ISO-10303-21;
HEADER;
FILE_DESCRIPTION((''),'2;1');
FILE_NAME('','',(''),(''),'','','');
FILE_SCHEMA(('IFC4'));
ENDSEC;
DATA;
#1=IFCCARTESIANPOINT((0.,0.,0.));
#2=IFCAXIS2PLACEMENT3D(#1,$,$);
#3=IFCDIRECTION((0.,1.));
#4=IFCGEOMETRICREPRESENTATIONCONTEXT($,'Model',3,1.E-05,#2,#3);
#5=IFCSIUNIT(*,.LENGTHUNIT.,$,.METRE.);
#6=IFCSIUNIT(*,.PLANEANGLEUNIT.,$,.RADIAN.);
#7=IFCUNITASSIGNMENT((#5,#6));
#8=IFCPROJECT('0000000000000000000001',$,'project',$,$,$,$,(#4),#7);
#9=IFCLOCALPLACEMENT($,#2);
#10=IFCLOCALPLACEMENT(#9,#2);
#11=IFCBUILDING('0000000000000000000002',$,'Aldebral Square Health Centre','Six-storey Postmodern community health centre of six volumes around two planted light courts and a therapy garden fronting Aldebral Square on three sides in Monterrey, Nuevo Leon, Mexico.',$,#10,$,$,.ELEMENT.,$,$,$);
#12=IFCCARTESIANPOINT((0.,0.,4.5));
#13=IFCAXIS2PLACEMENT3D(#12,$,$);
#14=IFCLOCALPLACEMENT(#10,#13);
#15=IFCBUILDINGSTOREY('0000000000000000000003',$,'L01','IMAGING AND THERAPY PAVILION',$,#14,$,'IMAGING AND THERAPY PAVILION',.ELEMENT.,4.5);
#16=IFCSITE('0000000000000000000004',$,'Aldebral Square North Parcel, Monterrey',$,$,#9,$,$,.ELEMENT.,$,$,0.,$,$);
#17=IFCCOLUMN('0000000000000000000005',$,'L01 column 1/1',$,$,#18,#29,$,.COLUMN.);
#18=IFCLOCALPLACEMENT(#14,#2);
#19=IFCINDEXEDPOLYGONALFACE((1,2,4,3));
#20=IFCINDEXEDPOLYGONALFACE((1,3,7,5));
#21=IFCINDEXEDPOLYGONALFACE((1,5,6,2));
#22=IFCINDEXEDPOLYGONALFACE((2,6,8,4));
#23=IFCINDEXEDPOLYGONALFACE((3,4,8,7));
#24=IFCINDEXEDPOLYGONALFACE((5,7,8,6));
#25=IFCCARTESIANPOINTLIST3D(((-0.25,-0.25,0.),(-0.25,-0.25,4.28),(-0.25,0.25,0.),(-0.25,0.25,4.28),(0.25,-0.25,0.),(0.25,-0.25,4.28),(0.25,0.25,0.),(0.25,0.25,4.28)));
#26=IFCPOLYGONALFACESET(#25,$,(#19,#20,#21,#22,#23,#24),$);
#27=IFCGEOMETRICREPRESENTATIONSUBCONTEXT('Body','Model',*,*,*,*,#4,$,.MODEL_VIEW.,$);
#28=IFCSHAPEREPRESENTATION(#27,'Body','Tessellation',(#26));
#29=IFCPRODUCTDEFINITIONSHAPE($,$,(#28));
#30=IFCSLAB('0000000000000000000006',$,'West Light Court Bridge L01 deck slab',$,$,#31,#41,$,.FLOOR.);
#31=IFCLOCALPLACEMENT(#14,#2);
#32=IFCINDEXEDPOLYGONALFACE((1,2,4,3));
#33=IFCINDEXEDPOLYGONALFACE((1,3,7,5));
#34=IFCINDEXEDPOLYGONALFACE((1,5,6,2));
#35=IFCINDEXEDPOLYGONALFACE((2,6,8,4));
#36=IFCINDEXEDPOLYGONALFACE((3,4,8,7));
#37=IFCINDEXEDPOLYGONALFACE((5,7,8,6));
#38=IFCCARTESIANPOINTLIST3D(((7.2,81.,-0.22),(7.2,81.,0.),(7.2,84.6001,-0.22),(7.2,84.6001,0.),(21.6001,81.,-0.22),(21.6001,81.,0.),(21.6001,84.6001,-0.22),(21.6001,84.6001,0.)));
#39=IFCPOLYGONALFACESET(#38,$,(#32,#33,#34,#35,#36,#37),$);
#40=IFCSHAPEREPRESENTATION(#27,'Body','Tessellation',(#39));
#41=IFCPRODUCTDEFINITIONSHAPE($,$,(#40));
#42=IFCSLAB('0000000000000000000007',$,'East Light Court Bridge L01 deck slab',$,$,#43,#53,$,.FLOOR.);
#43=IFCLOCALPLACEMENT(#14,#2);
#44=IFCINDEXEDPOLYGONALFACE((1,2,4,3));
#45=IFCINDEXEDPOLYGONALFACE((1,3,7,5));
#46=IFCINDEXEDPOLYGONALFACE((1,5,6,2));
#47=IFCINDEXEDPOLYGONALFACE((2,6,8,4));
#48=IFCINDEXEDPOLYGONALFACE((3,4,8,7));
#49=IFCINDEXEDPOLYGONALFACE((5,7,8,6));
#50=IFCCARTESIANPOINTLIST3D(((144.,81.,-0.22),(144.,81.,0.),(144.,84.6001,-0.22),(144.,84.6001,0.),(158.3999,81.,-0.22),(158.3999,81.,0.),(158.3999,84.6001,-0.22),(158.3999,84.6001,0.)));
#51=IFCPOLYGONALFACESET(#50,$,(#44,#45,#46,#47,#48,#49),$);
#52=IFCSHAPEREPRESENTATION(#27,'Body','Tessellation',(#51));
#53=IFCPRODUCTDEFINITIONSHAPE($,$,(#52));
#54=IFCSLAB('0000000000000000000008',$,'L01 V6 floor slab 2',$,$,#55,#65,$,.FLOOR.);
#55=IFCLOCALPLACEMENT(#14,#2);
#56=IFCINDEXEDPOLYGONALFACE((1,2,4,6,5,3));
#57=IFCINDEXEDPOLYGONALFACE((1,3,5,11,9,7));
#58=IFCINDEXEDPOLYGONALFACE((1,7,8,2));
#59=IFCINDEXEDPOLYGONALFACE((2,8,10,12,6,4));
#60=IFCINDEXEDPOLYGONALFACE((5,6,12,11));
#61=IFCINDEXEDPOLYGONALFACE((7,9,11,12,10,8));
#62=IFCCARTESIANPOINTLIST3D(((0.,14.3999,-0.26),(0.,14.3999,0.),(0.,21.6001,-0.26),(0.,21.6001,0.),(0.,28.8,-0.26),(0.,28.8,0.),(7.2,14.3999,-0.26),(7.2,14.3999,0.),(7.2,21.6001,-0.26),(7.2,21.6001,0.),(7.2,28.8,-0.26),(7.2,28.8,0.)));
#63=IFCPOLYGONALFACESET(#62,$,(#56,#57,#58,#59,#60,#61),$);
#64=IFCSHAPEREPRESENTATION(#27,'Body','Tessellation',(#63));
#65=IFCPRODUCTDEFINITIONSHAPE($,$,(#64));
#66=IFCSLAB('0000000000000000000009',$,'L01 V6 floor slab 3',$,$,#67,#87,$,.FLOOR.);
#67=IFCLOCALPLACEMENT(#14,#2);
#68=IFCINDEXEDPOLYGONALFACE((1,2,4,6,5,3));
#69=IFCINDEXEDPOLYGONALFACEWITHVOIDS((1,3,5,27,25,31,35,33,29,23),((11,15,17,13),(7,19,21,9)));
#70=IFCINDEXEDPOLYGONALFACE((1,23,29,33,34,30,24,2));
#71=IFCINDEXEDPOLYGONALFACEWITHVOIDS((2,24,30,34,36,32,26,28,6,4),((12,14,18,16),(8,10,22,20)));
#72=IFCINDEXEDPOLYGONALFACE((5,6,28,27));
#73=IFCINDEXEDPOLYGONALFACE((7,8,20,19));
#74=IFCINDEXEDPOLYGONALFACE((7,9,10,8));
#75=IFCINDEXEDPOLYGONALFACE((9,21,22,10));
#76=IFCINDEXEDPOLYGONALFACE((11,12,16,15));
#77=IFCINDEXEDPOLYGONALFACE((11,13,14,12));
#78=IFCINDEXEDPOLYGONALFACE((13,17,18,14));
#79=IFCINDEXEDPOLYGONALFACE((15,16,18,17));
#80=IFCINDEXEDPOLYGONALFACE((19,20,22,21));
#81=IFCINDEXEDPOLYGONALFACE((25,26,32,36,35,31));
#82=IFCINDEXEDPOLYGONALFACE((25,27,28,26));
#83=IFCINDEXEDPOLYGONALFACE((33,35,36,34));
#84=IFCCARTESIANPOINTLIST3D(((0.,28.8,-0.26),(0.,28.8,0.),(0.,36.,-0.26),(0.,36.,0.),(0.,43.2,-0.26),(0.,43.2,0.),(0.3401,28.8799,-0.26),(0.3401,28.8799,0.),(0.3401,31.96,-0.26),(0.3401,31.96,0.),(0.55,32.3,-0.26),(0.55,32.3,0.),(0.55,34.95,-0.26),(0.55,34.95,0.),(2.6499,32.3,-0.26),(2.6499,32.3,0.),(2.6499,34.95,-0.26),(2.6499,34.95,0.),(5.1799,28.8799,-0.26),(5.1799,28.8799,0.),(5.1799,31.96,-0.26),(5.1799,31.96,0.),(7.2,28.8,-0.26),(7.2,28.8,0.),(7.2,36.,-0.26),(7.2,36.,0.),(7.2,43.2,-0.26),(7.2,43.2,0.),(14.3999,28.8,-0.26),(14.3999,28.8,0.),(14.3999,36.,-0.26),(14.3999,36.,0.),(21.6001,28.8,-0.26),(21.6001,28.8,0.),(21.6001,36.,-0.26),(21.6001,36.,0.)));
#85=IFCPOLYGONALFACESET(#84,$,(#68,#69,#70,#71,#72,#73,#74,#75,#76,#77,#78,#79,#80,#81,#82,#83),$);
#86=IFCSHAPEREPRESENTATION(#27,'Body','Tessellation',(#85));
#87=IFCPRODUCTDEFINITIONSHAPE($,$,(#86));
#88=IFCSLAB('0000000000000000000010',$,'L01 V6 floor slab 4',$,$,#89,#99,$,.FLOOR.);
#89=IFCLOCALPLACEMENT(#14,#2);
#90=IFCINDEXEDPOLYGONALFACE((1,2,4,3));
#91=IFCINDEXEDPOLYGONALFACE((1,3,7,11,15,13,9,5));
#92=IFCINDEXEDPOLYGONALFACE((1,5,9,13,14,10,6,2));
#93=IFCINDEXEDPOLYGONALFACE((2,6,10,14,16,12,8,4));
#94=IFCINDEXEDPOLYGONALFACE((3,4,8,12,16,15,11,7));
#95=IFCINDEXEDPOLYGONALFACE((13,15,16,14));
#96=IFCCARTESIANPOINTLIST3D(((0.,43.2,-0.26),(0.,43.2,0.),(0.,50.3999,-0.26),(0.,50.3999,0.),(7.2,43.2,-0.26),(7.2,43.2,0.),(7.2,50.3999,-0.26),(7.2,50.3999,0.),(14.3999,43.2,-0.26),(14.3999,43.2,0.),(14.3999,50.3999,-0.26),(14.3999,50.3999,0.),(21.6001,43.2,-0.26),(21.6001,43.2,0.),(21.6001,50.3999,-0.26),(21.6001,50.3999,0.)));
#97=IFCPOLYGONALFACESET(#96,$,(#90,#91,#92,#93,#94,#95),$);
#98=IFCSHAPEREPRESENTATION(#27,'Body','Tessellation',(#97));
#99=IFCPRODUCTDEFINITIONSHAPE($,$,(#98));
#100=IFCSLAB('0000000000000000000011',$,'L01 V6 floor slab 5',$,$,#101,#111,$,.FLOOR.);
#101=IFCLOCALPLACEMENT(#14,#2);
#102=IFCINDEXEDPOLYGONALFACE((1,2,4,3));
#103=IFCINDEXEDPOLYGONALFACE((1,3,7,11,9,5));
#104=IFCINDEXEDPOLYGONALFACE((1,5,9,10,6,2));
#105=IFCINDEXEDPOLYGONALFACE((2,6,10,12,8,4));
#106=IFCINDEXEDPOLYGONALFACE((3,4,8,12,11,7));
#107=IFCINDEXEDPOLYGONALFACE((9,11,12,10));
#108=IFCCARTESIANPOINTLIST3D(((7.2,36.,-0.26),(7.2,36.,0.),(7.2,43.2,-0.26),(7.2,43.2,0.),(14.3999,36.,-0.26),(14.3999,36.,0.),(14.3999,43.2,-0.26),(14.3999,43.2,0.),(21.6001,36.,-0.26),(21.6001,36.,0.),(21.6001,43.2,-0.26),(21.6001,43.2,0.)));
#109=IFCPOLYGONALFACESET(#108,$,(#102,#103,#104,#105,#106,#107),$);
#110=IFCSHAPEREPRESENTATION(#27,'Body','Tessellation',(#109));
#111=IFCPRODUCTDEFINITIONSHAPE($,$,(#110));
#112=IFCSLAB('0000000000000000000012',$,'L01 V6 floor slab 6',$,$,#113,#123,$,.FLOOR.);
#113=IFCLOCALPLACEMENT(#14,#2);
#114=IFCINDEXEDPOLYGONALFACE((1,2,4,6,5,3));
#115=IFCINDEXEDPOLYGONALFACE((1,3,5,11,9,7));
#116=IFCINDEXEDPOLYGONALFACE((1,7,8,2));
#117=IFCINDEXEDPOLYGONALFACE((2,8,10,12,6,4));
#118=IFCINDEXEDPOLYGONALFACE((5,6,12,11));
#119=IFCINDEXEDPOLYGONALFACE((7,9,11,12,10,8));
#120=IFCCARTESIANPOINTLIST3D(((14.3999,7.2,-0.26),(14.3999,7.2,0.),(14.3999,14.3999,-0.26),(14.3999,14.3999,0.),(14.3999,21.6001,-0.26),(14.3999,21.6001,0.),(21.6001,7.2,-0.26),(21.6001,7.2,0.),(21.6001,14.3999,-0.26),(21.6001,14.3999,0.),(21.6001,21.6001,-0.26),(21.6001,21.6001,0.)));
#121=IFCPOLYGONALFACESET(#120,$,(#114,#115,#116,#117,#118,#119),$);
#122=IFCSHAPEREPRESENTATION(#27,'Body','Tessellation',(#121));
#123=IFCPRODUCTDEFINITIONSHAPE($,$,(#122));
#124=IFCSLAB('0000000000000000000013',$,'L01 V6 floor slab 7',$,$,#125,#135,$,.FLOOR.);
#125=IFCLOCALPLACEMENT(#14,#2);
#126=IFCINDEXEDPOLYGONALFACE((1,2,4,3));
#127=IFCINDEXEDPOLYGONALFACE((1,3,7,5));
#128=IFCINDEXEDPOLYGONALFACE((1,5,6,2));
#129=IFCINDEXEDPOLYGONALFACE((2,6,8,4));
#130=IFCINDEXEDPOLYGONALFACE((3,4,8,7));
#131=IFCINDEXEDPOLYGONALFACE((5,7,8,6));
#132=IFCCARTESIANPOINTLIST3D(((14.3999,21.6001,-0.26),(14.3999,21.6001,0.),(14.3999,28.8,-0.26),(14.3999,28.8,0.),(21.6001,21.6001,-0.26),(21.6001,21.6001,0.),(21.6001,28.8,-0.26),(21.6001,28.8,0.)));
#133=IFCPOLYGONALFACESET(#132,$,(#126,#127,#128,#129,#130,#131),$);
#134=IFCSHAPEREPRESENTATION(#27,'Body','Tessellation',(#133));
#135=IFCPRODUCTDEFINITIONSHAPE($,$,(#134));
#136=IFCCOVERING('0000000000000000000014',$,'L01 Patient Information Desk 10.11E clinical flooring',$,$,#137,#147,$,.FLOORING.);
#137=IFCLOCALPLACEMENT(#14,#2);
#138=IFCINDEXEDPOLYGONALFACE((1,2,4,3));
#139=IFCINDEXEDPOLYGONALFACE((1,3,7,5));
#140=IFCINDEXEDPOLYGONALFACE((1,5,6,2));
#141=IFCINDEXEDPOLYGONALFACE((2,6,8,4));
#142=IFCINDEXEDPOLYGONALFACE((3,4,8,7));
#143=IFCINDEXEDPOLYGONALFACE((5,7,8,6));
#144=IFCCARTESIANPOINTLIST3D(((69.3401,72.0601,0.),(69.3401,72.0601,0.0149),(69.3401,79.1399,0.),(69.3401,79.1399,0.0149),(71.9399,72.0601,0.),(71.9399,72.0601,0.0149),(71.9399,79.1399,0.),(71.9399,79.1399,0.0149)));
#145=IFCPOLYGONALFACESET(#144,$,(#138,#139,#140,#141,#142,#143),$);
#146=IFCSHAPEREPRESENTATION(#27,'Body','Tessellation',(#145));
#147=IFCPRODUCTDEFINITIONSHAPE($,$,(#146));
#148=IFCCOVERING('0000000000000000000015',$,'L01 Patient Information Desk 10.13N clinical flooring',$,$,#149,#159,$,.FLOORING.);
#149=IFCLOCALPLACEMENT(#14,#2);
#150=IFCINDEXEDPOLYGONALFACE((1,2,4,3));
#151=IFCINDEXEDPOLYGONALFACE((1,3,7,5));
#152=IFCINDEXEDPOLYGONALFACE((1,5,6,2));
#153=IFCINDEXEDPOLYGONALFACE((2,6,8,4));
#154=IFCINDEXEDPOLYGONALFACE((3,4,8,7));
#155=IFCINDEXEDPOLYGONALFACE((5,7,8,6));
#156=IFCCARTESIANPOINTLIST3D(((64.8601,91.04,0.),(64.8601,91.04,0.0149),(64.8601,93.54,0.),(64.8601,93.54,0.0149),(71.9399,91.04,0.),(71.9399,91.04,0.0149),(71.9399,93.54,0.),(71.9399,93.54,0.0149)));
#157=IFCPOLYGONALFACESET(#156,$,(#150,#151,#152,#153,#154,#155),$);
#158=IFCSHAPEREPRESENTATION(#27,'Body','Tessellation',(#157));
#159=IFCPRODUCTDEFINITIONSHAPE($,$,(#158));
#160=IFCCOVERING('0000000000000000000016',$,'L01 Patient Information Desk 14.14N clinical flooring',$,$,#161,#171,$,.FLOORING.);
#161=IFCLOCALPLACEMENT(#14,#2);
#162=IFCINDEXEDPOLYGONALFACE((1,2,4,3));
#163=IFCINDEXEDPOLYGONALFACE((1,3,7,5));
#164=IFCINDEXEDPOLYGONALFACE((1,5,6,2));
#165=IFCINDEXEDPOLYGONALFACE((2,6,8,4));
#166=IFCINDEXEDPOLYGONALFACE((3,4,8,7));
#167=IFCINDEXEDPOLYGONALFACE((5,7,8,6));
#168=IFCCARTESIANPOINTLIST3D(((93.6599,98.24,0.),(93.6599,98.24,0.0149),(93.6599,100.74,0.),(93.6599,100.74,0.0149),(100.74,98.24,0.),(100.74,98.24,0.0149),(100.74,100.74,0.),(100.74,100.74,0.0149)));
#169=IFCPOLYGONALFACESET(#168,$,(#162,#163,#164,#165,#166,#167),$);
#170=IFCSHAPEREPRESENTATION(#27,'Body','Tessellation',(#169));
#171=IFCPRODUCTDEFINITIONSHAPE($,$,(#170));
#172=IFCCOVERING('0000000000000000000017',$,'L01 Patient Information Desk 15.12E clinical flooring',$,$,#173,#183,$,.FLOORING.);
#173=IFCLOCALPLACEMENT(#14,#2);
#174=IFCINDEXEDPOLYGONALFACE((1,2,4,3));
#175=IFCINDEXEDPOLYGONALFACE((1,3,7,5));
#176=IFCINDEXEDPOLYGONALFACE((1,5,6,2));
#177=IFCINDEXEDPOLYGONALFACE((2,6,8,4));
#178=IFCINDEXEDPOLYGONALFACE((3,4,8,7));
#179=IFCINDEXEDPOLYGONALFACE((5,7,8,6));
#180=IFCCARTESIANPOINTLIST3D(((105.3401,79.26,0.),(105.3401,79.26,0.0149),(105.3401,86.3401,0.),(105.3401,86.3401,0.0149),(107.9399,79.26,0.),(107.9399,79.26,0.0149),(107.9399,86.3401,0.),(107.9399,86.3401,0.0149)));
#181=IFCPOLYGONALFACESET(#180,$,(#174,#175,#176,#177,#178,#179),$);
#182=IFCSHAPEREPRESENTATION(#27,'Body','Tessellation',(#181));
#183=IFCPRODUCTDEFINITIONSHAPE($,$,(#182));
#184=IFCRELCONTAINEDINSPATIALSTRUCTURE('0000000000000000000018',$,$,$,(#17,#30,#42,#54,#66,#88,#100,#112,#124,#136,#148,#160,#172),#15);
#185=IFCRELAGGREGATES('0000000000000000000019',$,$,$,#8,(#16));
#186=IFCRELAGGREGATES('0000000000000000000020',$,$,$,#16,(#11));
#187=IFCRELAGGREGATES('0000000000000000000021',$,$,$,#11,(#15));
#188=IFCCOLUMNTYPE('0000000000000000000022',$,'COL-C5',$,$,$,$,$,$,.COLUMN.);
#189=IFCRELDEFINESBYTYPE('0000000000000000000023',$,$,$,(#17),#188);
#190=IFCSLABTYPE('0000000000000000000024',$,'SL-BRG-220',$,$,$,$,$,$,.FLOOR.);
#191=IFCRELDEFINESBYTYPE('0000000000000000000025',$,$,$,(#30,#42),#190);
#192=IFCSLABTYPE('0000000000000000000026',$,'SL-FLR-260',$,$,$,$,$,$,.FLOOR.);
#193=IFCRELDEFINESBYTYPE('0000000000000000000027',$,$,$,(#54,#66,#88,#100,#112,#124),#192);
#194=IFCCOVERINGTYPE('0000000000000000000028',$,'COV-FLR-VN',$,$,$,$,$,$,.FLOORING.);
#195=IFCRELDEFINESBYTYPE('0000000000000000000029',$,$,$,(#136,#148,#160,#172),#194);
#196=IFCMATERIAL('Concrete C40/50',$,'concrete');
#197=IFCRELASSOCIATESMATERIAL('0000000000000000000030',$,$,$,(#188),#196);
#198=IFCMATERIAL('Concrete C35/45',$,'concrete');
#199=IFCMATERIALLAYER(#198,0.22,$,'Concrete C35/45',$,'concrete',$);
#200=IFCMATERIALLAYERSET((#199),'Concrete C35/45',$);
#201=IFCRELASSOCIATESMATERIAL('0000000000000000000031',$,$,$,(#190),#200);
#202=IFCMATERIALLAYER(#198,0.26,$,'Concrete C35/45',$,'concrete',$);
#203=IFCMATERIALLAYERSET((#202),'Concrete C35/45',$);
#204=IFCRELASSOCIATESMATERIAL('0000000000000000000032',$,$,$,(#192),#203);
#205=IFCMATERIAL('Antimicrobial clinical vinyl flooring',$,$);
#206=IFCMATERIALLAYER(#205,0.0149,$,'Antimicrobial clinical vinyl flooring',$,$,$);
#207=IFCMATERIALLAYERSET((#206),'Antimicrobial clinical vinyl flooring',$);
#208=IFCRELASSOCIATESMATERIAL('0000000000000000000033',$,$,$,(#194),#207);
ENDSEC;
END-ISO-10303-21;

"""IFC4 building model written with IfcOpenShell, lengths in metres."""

from ifc_helpers import new_model, si_unit, direction, frame, origin, origin_with_axes, origin_2d, place, context, subcontext, project, spatial, polyline, rectangle, outline, extrude, material, layer, layer_set, material_profile, profile_set, type_object, element, save


model = new_model("IFC4")

# Units and contexts
model_context = context("Model", 3, precision=1e-05, world=origin(), true_north=direction((0.0, 1.0)))
body_context = subcontext(model_context, "Body", "Model", "MODEL_VIEW")
ifc_project = project(units=[si_unit("LENGTHUNIT", "METRE"), si_unit("PLANEANGLEUNIT", "RADIAN")], contexts=[model_context])

# Site, building, storey
site_placement = place(None, origin())
site = spatial("IfcSite", under=ifc_project, at=site_placement, Name="Aldebral Square North Parcel, Monterrey", CompositionType="ELEMENT", RefElevation=0.0)
building_placement = place(site_placement, origin())
building = spatial("IfcBuilding", under=site, at=building_placement, Name="Aldebral Square Health Centre", Description="Six-storey Postmodern community health centre of six volumes around two planted light courts and a therapy garden fronting Aldebral Square on three sides in Monterrey, Nuevo Leon, Mexico.", CompositionType="ELEMENT")
storey_placement = place(building_placement, frame((0.0, 0.0, 4.5)))
storey = spatial("IfcBuildingStorey", under=building, at=storey_placement, Name="L01", Description="IMAGING AND THERAPY PAVILION", LongName="IMAGING AND THERAPY PAVILION", CompositionType="ELEMENT", Elevation=4.5)

# Column
ifc_material_1 = material(Name="Concrete C40/50", Category="concrete")
ifc_material_profile = material_profile(ifc_material_1, rectangle(XDim=0.5, YDim=0.5, at=origin_2d()), Name="RC 500x500")
ifc_profile_set = profile_set([ifc_material_profile], Name="Concrete C40/50")
column_type = type_object("IfcColumnType", Name="COL-C5", PredefinedType="COLUMN", material=ifc_profile_set)
column_placement = place(storey_placement, origin_with_axes())
element("IfcColumn", 1, at=column_placement, inside=storey, type_object=column_type, Name="L01 column 1/1", PredefinedType="COLUMN", context=body_context, shape_type="SweptSolid", body=[
    extrude(rectangle(XDim=0.5, YDim=0.5, at=origin_2d()), origin(), (0.0, 0.0, 1.0), 4.28),
])

# Slabs
ifc_material_2 = material(Name="Concrete C35/45", Category="concrete")
ifc_layer_1 = layer(ifc_material_2, 0.22, Name="Concrete C35/45", Category="concrete")
ifc_layer_set_1 = layer_set([ifc_layer_1], Name="Concrete C35/45")
slab_type_1 = type_object("IfcSlabType", Name="SL-BRG-220", PredefinedType="FLOOR", material=ifc_layer_set_1)
slab_1_placement = place(storey_placement, frame((0.0, 0.0, -0.22)))
element("IfcSlab", 2, at=slab_1_placement, inside=storey, type_object=slab_type_1, Name="West Light Court Bridge L01 deck slab", PredefinedType="FLOOR", context=body_context, shape_type="SweptSolid", body=[
    extrude(outline(polyline([(7.2, 81.0), (21.6001, 81.0), (21.6001, 84.6001), (7.2, 84.6001), (7.2, 81.0)])), origin(), (0.0, 0.0, 1.0), 0.22),
])
slab_2_placement = place(storey_placement, frame((0.0, 0.0, -0.22)))
element("IfcSlab", 3, at=slab_2_placement, inside=storey, type_object=slab_type_1, Name="East Light Court Bridge L01 deck slab", PredefinedType="FLOOR", context=body_context, shape_type="SweptSolid", body=[
    extrude(outline(polyline([(144.0, 81.0), (158.3999, 81.0), (158.3999, 84.6001), (144.0, 84.6001), (144.0, 81.0)])), origin(), (0.0, 0.0, 1.0), 0.22),
])
ifc_layer_2 = layer(ifc_material_2, 0.26, Name="Concrete C35/45", Category="concrete")
ifc_layer_set_2 = layer_set([ifc_layer_2], Name="Concrete C35/45")
slab_type_2 = type_object("IfcSlabType", Name="SL-FLR-260", PredefinedType="FLOOR", material=ifc_layer_set_2)
slab_3_placement = place(storey_placement, frame((0.0, 0.0, -0.26)))
element("IfcSlab", 4, at=slab_3_placement, inside=storey, type_object=slab_type_2, Name="L01 V6 floor slab 2", PredefinedType="FLOOR", context=body_context, shape_type="SweptSolid", body=[
    extrude(outline(polyline([(0.0, 14.3999), (0.0, 21.6001), (0.0, 28.8), (7.2, 28.8), (7.2, 21.6001), (7.2, 14.3999), (0.0, 14.3999)])), origin(), (0.0, 0.0, 1.0), 0.26),
])
slab_4_placement = place(storey_placement, frame((0.0, 0.0, -0.26)))
element("IfcSlab", 5, at=slab_4_placement, inside=storey, type_object=slab_type_2, Name="L01 V6 floor slab 3", PredefinedType="FLOOR", context=body_context, shape_type="SweptSolid", body=[
    extrude(outline(polyline([(0.0, 43.2), (7.2, 43.2), (7.2, 36.0), (14.3999, 36.0), (21.6001, 36.0), (21.6001, 28.8), (14.3999, 28.8), (7.2, 28.8), (0.0, 28.8), (0.0, 36.0), (0.0, 43.2)]), holes=[polyline([(5.1799, 31.96), (0.3401, 31.96), (0.3401, 28.8799), (5.1799, 28.8799), (5.1799, 31.96)]), polyline([(2.6499, 34.95), (0.55, 34.95), (0.55, 32.3), (2.6499, 32.3), (2.6499, 34.95)])]), origin(), (0.0, 0.0, 1.0), 0.26),
])
slab_5_placement = place(storey_placement, frame((0.0, 0.0, -0.26)))
element("IfcSlab", 6, at=slab_5_placement, inside=storey, type_object=slab_type_2, Name="L01 V6 floor slab 4", PredefinedType="FLOOR", context=body_context, shape_type="SweptSolid", body=[
    extrude(outline(polyline([(0.0, 50.3999), (7.2, 50.3999), (14.3999, 50.3999), (21.6001, 50.3999), (21.6001, 43.2), (14.3999, 43.2), (7.2, 43.2), (0.0, 43.2), (0.0, 50.3999)])), origin(), (0.0, 0.0, 1.0), 0.26),
])
slab_6_placement = place(storey_placement, frame((0.0, 0.0, -0.26)))
element("IfcSlab", 7, at=slab_6_placement, inside=storey, type_object=slab_type_2, Name="L01 V6 floor slab 5", PredefinedType="FLOOR", context=body_context, shape_type="SweptSolid", body=[
    extrude(outline(polyline([(7.2, 43.2), (14.3999, 43.2), (21.6001, 43.2), (21.6001, 36.0), (14.3999, 36.0), (7.2, 36.0), (7.2, 43.2)])), origin(), (0.0, 0.0, 1.0), 0.26),
])
slab_7_placement = place(storey_placement, frame((0.0, 0.0, -0.26)))
element("IfcSlab", 8, at=slab_7_placement, inside=storey, type_object=slab_type_2, Name="L01 V6 floor slab 6", PredefinedType="FLOOR", context=body_context, shape_type="SweptSolid", body=[
    extrude(outline(polyline([(14.3999, 7.2), (14.3999, 14.3999), (14.3999, 21.6001), (21.6001, 21.6001), (21.6001, 14.3999), (21.6001, 7.2), (14.3999, 7.2)])), origin(), (0.0, 0.0, 1.0), 0.26),
])
slab_8_placement = place(storey_placement, frame((0.0, 0.0, -0.26)))
element("IfcSlab", 9, at=slab_8_placement, inside=storey, type_object=slab_type_2, Name="L01 V6 floor slab 7", PredefinedType="FLOOR", context=body_context, shape_type="SweptSolid", body=[
    extrude(outline(polyline([(14.3999, 21.6001), (14.3999, 28.8), (21.6001, 28.8), (21.6001, 21.6001), (14.3999, 21.6001)])), origin(), (0.0, 0.0, 1.0), 0.26),
])

# Coverings
ifc_material_3 = material(Name="Antimicrobial clinical vinyl flooring")
ifc_layer_3 = layer(ifc_material_3, 0.0149, Name="Antimicrobial clinical vinyl flooring")
ifc_layer_set_3 = layer_set([ifc_layer_3], Name="Antimicrobial clinical vinyl flooring")
covering_type = type_object("IfcCoveringType", Name="COV-FLR-VN", PredefinedType="FLOORING", material=ifc_layer_set_3)
covering_1_placement = place(storey_placement, origin())
element("IfcCovering", 10, at=covering_1_placement, inside=storey, type_object=covering_type, Name="L01 Patient Information Desk 10.11E clinical flooring", PredefinedType="FLOORING", context=body_context, shape_type="SweptSolid", body=[
    extrude(outline(polyline([(69.3401, 72.0601), (71.9399, 72.0601), (71.9399, 79.1399), (69.3401, 79.1399), (69.3401, 72.0601)])), origin(), (0.0, 0.0, 1.0), 0.0149),
])
covering_2_placement = place(storey_placement, origin())
element("IfcCovering", 11, at=covering_2_placement, inside=storey, type_object=covering_type, Name="L01 Patient Information Desk 10.13N clinical flooring", PredefinedType="FLOORING", context=body_context, shape_type="SweptSolid", body=[
    extrude(outline(polyline([(64.8601, 91.04), (71.9399, 91.04), (71.9399, 93.54), (64.8601, 93.54), (64.8601, 91.04)])), origin(), (0.0, 0.0, 1.0), 0.0149),
])
covering_3_placement = place(storey_placement, origin())
element("IfcCovering", 12, at=covering_3_placement, inside=storey, type_object=covering_type, Name="L01 Patient Information Desk 14.14N clinical flooring", PredefinedType="FLOORING", context=body_context, shape_type="SweptSolid", body=[
    extrude(outline(polyline([(93.6599, 98.24), (100.74, 98.24), (100.74, 100.74), (93.6599, 100.74), (93.6599, 98.24)])), origin(), (0.0, 0.0, 1.0), 0.0149),
])
covering_4_placement = place(storey_placement, origin())
element("IfcCovering", 13, at=covering_4_placement, inside=storey, type_object=covering_type, Name="L01 Patient Information Desk 15.12E clinical flooring", PredefinedType="FLOORING", context=body_context, shape_type="SweptSolid", body=[
    extrude(outline(polyline([(105.3401, 79.26), (107.9399, 79.26), (107.9399, 86.3401), (105.3401, 86.3401), (105.3401, 79.26)])), origin(), (0.0, 0.0, 1.0), 0.0149),
])

save(model, "model.ifc")
